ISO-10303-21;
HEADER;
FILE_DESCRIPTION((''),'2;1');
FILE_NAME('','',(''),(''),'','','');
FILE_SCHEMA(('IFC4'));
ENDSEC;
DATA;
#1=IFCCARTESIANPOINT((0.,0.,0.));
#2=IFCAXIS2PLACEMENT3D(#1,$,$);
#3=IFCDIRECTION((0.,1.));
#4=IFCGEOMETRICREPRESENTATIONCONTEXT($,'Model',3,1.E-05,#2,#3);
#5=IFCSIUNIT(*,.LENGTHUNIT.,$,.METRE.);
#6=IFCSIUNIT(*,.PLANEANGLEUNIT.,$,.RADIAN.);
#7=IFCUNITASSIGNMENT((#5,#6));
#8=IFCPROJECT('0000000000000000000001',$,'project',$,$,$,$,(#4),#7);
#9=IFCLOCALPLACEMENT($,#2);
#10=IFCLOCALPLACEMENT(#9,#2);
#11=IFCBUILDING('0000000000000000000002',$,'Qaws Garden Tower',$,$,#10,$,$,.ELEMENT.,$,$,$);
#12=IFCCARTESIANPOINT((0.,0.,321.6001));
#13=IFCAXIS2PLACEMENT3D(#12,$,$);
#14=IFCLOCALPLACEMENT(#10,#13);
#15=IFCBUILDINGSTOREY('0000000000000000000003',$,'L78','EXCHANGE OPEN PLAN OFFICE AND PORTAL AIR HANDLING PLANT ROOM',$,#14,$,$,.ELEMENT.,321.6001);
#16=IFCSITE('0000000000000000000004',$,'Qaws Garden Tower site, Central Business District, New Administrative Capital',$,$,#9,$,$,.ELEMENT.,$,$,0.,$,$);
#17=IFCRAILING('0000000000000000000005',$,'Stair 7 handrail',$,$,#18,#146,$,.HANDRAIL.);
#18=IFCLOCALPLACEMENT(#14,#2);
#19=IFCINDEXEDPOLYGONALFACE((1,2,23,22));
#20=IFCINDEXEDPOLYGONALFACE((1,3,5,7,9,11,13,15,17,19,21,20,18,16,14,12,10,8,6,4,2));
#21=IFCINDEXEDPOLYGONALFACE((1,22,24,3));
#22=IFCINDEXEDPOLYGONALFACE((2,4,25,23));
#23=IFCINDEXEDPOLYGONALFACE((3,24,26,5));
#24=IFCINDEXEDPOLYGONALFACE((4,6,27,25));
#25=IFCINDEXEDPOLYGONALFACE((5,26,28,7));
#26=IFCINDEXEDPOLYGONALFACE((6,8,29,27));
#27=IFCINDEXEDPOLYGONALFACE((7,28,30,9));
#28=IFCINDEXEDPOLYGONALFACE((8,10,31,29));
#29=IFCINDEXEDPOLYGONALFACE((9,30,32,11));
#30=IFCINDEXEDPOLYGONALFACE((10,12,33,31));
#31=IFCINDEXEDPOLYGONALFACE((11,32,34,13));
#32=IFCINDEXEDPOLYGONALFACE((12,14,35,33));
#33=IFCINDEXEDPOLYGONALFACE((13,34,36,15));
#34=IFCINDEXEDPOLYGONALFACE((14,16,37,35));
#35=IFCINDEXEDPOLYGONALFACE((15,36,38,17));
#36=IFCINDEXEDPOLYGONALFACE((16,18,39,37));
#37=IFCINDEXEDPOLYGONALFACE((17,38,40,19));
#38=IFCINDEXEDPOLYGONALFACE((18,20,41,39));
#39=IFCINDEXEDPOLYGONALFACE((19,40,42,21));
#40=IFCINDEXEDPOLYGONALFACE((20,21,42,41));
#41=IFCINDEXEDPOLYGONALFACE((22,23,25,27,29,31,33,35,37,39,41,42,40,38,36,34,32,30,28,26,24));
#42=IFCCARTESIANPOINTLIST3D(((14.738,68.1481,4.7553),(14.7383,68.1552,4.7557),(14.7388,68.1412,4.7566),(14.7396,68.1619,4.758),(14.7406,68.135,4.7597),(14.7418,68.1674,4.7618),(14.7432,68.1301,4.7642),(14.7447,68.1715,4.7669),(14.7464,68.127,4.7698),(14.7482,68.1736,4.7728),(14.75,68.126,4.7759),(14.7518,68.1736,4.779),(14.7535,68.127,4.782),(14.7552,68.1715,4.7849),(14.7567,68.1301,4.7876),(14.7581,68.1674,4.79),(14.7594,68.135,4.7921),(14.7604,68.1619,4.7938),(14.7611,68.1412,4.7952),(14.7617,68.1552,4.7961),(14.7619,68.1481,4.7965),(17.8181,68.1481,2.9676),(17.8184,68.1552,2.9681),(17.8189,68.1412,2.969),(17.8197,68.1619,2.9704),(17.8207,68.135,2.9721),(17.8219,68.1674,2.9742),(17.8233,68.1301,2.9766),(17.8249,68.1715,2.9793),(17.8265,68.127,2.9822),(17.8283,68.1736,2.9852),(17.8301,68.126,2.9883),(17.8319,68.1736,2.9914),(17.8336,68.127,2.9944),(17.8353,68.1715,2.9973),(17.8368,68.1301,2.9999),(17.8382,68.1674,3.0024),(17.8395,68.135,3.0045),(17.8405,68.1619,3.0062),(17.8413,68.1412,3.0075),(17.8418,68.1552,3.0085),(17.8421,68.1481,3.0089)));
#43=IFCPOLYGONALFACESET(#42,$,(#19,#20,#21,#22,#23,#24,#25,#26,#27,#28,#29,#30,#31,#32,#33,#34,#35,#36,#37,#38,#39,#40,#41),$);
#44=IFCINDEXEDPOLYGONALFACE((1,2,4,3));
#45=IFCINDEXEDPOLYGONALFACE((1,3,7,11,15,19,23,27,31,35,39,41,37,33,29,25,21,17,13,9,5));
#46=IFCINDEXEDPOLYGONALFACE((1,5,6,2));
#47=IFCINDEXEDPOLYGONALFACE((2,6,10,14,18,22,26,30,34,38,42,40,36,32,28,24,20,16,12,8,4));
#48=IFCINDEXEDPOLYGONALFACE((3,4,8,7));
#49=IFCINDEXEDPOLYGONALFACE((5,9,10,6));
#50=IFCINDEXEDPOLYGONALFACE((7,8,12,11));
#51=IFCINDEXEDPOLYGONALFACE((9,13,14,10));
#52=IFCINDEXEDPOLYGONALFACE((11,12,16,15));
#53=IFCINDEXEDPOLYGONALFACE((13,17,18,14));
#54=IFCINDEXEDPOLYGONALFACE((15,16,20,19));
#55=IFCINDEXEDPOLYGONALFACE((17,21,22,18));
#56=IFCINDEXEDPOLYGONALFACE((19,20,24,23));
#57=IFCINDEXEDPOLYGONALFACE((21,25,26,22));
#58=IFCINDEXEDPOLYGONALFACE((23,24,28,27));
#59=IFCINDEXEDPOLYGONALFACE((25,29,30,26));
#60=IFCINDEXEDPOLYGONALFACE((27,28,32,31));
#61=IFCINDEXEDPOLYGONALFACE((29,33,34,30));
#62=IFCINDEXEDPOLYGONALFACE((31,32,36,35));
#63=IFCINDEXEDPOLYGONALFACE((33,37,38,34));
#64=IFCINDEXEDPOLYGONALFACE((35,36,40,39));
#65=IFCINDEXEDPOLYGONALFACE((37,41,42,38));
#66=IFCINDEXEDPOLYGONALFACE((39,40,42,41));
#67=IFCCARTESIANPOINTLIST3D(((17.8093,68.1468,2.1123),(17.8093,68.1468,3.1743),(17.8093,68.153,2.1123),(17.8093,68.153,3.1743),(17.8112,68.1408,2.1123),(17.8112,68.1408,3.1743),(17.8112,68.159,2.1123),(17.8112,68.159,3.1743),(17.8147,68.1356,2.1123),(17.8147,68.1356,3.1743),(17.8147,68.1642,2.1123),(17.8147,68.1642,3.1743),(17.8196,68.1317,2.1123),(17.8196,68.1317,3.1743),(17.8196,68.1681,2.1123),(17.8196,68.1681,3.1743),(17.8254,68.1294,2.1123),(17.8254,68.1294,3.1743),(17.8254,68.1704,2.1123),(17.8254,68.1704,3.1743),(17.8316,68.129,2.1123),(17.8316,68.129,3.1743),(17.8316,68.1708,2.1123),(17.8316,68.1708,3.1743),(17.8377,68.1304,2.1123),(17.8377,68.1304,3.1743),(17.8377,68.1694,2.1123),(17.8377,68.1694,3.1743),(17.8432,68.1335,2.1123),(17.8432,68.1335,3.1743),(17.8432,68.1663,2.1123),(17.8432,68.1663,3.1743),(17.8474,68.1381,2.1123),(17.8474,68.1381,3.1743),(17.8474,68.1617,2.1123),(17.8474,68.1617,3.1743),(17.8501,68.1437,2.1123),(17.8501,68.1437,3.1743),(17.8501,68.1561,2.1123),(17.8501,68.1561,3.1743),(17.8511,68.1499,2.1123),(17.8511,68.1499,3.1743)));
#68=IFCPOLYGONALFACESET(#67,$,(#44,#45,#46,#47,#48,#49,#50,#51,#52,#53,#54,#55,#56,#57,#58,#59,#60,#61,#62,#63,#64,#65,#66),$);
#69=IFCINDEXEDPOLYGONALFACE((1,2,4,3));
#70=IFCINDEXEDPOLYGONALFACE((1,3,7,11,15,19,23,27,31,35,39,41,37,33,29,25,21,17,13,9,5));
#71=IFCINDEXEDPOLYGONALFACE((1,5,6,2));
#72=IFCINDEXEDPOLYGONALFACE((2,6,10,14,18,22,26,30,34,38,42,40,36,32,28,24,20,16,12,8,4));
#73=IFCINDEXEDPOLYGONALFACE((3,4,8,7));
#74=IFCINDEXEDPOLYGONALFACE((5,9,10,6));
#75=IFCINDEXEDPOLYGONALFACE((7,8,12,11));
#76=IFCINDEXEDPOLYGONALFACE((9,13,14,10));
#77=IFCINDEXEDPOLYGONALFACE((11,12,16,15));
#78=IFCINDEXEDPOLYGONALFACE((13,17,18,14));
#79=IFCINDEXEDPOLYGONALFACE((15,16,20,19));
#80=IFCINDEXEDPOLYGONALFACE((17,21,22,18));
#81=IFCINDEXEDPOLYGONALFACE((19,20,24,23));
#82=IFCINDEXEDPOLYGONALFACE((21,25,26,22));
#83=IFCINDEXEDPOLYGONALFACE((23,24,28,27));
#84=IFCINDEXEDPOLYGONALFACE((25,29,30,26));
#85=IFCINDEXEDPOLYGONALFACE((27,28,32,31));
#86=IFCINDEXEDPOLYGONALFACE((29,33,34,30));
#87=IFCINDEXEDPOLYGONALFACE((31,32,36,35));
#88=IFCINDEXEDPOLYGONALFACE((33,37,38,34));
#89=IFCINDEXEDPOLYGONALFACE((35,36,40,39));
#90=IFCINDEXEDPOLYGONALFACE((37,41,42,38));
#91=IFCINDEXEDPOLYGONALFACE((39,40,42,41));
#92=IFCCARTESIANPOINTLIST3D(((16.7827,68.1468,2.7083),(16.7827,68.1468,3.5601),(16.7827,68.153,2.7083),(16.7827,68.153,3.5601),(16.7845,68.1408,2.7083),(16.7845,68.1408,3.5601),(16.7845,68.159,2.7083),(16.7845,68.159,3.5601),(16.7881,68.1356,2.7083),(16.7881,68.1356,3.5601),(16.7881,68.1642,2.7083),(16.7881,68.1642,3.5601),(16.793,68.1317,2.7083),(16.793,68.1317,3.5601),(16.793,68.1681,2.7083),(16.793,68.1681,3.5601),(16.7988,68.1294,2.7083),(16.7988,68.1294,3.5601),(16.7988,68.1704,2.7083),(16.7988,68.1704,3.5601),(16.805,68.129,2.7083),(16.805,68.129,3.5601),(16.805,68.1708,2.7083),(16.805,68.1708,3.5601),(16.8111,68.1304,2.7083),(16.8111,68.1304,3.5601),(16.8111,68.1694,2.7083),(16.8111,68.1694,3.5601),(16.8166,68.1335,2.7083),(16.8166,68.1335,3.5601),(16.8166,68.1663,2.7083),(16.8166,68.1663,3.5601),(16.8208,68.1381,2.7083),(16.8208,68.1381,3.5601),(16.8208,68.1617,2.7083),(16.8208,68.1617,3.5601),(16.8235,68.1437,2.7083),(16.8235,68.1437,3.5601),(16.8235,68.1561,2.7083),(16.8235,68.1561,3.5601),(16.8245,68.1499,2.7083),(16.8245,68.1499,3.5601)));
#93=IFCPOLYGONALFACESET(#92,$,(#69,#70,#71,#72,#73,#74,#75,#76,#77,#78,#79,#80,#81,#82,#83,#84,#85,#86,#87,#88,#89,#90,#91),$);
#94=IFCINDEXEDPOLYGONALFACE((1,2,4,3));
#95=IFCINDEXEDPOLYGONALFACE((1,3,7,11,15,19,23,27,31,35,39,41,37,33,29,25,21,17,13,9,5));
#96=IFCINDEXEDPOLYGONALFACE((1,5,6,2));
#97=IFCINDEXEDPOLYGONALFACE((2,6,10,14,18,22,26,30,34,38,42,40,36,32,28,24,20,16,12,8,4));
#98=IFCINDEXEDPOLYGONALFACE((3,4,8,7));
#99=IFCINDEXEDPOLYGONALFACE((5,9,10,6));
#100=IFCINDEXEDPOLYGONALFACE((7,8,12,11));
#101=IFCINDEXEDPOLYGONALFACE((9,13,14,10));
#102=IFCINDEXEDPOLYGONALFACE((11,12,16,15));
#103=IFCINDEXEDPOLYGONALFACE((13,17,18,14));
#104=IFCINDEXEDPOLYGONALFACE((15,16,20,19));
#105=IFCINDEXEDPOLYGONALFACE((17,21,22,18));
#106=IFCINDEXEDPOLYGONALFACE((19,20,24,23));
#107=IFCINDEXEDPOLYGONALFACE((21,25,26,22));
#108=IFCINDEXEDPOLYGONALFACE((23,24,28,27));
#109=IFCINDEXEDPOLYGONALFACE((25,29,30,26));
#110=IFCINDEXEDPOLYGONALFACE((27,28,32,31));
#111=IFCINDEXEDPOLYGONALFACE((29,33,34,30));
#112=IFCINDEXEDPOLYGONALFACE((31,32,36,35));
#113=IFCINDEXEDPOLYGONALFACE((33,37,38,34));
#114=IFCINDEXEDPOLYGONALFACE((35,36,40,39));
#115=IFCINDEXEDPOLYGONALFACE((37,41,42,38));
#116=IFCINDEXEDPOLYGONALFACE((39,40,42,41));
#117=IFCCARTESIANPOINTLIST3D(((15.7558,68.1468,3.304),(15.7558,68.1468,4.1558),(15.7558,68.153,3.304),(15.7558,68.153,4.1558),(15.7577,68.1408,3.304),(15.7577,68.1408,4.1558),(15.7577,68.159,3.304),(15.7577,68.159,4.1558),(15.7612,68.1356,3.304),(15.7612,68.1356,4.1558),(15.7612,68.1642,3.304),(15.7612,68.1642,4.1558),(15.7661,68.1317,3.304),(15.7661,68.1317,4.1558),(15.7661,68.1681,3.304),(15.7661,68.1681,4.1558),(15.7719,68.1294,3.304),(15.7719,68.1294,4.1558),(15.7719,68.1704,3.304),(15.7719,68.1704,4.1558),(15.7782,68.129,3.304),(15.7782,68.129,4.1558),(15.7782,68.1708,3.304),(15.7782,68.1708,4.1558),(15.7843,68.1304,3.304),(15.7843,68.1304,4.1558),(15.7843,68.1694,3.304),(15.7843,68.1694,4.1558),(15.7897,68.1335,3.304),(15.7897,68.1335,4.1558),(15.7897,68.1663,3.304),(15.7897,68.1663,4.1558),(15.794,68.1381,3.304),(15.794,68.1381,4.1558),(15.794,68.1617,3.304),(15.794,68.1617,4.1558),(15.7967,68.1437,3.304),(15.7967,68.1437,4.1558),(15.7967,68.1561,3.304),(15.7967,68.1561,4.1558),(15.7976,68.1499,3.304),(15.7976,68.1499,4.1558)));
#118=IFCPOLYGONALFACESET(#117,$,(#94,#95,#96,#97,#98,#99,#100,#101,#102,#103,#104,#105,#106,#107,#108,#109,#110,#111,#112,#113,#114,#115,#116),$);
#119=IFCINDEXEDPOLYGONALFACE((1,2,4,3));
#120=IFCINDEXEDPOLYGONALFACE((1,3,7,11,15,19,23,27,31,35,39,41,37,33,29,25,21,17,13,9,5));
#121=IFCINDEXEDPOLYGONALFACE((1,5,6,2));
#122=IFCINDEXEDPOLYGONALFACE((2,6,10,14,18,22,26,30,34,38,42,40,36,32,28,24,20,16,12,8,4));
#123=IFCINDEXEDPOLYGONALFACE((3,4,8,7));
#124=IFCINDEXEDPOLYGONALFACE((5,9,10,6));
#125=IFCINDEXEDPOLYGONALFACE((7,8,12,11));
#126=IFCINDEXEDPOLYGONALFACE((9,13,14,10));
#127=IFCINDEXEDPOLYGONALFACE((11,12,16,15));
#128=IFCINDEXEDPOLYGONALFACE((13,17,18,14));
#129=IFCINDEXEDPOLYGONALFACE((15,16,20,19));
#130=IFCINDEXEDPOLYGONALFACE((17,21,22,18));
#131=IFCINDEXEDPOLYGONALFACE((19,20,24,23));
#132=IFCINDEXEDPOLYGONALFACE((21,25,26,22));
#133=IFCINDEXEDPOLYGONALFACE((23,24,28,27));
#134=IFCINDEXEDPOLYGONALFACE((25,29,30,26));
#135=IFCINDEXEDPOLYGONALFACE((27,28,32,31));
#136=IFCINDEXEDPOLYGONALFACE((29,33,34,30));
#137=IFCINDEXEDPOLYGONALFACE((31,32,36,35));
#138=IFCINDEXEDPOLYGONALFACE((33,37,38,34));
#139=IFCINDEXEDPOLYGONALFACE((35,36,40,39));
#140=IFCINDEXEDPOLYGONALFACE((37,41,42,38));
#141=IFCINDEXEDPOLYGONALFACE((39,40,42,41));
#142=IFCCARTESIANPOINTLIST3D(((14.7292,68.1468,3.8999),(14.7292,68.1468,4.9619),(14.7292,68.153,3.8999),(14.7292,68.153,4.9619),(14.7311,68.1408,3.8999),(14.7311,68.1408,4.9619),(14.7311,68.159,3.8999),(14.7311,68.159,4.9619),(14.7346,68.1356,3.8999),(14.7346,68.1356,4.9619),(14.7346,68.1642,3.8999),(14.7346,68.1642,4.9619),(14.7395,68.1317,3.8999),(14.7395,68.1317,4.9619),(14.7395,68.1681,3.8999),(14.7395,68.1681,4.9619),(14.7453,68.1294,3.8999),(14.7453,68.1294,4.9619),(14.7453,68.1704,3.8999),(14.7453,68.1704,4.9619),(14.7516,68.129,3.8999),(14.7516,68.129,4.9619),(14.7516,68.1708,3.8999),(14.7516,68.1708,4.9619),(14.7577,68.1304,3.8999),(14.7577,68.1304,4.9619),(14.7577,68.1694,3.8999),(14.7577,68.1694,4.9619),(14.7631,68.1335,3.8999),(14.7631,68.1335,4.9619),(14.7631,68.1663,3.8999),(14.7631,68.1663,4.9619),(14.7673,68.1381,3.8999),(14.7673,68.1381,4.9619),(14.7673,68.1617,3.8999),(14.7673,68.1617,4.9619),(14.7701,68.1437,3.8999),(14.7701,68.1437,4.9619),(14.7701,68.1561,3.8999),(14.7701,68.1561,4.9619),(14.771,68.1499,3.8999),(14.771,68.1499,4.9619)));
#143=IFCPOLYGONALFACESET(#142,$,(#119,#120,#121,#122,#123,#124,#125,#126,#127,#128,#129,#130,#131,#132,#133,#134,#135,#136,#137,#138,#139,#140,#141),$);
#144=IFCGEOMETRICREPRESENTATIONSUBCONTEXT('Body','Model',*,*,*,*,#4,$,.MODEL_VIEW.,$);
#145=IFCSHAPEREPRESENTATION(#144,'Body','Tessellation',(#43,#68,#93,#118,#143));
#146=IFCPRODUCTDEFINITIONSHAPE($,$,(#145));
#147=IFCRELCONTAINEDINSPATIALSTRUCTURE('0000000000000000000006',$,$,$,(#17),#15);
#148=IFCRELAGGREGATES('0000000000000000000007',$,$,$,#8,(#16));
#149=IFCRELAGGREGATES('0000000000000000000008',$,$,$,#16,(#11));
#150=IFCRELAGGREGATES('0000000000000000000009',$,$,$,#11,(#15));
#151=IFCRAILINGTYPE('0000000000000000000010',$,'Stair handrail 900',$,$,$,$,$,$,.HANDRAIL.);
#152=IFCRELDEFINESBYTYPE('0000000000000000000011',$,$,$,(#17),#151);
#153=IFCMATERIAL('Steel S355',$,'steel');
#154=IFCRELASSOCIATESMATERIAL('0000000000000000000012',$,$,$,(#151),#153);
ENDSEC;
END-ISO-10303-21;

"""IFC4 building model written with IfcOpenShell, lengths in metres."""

from ifc_helpers import new_model, si_unit, direction, frame, origin, origin_2d, place, context, subcontext, project, spatial, circle, extrude, material, type_object, element, save


model = new_model("IFC4")

# Units and contexts
model_context = context("Model", 3, precision=1e-05, world=origin(), true_north=direction((0.0, 1.0)))
body_context = subcontext(model_context, "Body", "Model", "MODEL_VIEW")
ifc_project = project(units=[si_unit("LENGTHUNIT", "METRE"), si_unit("PLANEANGLEUNIT", "RADIAN")], contexts=[model_context])

# Site, building, storey
site_placement = place(None, origin())
site = spatial("IfcSite", under=ifc_project, at=site_placement, Name="Qaws Garden Tower site, Central Business District, New Administrative Capital", CompositionType="ELEMENT", RefElevation=0.0)
building_placement = place(site_placement, origin())
building = spatial("IfcBuilding", under=site, at=building_placement, Name="Qaws Garden Tower", CompositionType="ELEMENT")
storey_placement = place(building_placement, frame((0.0, 0.0, 321.6001)))
storey = spatial("IfcBuildingStorey", under=building, at=storey_placement, Name="L78", Description="EXCHANGE OPEN PLAN OFFICE AND PORTAL AIR HANDLING PLANT ROOM", CompositionType="ELEMENT", Elevation=321.6001)

# Railing
ifc_material_1 = material(Name="Steel S355", Category="steel")
railing_type = type_object("IfcRailingType", Name="Stair handrail 900", PredefinedType="HANDRAIL", material=ifc_material_1)
railing_1_placement = place(storey_placement, frame((17.8301, 68.1499, 2.1123)))
element("IfcRailing", 1, at=railing_1_placement, inside=storey, type_object=railing_type, Name="Stair 7 handrail", PredefinedType="HANDRAIL", context=body_context, shape_type="SweptSolid", body=[
    extrude(circle(Radius=0.0239, at=origin_2d()), frame((0.0, 0.0, 0.876), z_axis=(-0.864891, 0.0, 0.50196), x_axis=(0.0, -1.0, 0.0)), (0.0, 0.0, 1.0), 3.5613),
    extrude(circle(Radius=0.021, at=origin_2d()), origin(), (0.0, 0.0, 1.0), 1.062),
    extrude(circle(Radius=0.021, at=origin_2d()), frame((-1.0266, 0.0, 0.5959)), (0.0, 0.0, 1.0), 0.8518),
    extrude(circle(Radius=0.021, at=origin_2d()), frame((-2.0535, 0.0, 1.1917)), (0.0, 0.0, 1.0), 0.8518),
    extrude(circle(Radius=0.021, at=origin_2d()), frame((-3.0801, 0.0, 1.7876)), (0.0, 0.0, 1.0), 1.062),
])

save(model, "model.ifc")
